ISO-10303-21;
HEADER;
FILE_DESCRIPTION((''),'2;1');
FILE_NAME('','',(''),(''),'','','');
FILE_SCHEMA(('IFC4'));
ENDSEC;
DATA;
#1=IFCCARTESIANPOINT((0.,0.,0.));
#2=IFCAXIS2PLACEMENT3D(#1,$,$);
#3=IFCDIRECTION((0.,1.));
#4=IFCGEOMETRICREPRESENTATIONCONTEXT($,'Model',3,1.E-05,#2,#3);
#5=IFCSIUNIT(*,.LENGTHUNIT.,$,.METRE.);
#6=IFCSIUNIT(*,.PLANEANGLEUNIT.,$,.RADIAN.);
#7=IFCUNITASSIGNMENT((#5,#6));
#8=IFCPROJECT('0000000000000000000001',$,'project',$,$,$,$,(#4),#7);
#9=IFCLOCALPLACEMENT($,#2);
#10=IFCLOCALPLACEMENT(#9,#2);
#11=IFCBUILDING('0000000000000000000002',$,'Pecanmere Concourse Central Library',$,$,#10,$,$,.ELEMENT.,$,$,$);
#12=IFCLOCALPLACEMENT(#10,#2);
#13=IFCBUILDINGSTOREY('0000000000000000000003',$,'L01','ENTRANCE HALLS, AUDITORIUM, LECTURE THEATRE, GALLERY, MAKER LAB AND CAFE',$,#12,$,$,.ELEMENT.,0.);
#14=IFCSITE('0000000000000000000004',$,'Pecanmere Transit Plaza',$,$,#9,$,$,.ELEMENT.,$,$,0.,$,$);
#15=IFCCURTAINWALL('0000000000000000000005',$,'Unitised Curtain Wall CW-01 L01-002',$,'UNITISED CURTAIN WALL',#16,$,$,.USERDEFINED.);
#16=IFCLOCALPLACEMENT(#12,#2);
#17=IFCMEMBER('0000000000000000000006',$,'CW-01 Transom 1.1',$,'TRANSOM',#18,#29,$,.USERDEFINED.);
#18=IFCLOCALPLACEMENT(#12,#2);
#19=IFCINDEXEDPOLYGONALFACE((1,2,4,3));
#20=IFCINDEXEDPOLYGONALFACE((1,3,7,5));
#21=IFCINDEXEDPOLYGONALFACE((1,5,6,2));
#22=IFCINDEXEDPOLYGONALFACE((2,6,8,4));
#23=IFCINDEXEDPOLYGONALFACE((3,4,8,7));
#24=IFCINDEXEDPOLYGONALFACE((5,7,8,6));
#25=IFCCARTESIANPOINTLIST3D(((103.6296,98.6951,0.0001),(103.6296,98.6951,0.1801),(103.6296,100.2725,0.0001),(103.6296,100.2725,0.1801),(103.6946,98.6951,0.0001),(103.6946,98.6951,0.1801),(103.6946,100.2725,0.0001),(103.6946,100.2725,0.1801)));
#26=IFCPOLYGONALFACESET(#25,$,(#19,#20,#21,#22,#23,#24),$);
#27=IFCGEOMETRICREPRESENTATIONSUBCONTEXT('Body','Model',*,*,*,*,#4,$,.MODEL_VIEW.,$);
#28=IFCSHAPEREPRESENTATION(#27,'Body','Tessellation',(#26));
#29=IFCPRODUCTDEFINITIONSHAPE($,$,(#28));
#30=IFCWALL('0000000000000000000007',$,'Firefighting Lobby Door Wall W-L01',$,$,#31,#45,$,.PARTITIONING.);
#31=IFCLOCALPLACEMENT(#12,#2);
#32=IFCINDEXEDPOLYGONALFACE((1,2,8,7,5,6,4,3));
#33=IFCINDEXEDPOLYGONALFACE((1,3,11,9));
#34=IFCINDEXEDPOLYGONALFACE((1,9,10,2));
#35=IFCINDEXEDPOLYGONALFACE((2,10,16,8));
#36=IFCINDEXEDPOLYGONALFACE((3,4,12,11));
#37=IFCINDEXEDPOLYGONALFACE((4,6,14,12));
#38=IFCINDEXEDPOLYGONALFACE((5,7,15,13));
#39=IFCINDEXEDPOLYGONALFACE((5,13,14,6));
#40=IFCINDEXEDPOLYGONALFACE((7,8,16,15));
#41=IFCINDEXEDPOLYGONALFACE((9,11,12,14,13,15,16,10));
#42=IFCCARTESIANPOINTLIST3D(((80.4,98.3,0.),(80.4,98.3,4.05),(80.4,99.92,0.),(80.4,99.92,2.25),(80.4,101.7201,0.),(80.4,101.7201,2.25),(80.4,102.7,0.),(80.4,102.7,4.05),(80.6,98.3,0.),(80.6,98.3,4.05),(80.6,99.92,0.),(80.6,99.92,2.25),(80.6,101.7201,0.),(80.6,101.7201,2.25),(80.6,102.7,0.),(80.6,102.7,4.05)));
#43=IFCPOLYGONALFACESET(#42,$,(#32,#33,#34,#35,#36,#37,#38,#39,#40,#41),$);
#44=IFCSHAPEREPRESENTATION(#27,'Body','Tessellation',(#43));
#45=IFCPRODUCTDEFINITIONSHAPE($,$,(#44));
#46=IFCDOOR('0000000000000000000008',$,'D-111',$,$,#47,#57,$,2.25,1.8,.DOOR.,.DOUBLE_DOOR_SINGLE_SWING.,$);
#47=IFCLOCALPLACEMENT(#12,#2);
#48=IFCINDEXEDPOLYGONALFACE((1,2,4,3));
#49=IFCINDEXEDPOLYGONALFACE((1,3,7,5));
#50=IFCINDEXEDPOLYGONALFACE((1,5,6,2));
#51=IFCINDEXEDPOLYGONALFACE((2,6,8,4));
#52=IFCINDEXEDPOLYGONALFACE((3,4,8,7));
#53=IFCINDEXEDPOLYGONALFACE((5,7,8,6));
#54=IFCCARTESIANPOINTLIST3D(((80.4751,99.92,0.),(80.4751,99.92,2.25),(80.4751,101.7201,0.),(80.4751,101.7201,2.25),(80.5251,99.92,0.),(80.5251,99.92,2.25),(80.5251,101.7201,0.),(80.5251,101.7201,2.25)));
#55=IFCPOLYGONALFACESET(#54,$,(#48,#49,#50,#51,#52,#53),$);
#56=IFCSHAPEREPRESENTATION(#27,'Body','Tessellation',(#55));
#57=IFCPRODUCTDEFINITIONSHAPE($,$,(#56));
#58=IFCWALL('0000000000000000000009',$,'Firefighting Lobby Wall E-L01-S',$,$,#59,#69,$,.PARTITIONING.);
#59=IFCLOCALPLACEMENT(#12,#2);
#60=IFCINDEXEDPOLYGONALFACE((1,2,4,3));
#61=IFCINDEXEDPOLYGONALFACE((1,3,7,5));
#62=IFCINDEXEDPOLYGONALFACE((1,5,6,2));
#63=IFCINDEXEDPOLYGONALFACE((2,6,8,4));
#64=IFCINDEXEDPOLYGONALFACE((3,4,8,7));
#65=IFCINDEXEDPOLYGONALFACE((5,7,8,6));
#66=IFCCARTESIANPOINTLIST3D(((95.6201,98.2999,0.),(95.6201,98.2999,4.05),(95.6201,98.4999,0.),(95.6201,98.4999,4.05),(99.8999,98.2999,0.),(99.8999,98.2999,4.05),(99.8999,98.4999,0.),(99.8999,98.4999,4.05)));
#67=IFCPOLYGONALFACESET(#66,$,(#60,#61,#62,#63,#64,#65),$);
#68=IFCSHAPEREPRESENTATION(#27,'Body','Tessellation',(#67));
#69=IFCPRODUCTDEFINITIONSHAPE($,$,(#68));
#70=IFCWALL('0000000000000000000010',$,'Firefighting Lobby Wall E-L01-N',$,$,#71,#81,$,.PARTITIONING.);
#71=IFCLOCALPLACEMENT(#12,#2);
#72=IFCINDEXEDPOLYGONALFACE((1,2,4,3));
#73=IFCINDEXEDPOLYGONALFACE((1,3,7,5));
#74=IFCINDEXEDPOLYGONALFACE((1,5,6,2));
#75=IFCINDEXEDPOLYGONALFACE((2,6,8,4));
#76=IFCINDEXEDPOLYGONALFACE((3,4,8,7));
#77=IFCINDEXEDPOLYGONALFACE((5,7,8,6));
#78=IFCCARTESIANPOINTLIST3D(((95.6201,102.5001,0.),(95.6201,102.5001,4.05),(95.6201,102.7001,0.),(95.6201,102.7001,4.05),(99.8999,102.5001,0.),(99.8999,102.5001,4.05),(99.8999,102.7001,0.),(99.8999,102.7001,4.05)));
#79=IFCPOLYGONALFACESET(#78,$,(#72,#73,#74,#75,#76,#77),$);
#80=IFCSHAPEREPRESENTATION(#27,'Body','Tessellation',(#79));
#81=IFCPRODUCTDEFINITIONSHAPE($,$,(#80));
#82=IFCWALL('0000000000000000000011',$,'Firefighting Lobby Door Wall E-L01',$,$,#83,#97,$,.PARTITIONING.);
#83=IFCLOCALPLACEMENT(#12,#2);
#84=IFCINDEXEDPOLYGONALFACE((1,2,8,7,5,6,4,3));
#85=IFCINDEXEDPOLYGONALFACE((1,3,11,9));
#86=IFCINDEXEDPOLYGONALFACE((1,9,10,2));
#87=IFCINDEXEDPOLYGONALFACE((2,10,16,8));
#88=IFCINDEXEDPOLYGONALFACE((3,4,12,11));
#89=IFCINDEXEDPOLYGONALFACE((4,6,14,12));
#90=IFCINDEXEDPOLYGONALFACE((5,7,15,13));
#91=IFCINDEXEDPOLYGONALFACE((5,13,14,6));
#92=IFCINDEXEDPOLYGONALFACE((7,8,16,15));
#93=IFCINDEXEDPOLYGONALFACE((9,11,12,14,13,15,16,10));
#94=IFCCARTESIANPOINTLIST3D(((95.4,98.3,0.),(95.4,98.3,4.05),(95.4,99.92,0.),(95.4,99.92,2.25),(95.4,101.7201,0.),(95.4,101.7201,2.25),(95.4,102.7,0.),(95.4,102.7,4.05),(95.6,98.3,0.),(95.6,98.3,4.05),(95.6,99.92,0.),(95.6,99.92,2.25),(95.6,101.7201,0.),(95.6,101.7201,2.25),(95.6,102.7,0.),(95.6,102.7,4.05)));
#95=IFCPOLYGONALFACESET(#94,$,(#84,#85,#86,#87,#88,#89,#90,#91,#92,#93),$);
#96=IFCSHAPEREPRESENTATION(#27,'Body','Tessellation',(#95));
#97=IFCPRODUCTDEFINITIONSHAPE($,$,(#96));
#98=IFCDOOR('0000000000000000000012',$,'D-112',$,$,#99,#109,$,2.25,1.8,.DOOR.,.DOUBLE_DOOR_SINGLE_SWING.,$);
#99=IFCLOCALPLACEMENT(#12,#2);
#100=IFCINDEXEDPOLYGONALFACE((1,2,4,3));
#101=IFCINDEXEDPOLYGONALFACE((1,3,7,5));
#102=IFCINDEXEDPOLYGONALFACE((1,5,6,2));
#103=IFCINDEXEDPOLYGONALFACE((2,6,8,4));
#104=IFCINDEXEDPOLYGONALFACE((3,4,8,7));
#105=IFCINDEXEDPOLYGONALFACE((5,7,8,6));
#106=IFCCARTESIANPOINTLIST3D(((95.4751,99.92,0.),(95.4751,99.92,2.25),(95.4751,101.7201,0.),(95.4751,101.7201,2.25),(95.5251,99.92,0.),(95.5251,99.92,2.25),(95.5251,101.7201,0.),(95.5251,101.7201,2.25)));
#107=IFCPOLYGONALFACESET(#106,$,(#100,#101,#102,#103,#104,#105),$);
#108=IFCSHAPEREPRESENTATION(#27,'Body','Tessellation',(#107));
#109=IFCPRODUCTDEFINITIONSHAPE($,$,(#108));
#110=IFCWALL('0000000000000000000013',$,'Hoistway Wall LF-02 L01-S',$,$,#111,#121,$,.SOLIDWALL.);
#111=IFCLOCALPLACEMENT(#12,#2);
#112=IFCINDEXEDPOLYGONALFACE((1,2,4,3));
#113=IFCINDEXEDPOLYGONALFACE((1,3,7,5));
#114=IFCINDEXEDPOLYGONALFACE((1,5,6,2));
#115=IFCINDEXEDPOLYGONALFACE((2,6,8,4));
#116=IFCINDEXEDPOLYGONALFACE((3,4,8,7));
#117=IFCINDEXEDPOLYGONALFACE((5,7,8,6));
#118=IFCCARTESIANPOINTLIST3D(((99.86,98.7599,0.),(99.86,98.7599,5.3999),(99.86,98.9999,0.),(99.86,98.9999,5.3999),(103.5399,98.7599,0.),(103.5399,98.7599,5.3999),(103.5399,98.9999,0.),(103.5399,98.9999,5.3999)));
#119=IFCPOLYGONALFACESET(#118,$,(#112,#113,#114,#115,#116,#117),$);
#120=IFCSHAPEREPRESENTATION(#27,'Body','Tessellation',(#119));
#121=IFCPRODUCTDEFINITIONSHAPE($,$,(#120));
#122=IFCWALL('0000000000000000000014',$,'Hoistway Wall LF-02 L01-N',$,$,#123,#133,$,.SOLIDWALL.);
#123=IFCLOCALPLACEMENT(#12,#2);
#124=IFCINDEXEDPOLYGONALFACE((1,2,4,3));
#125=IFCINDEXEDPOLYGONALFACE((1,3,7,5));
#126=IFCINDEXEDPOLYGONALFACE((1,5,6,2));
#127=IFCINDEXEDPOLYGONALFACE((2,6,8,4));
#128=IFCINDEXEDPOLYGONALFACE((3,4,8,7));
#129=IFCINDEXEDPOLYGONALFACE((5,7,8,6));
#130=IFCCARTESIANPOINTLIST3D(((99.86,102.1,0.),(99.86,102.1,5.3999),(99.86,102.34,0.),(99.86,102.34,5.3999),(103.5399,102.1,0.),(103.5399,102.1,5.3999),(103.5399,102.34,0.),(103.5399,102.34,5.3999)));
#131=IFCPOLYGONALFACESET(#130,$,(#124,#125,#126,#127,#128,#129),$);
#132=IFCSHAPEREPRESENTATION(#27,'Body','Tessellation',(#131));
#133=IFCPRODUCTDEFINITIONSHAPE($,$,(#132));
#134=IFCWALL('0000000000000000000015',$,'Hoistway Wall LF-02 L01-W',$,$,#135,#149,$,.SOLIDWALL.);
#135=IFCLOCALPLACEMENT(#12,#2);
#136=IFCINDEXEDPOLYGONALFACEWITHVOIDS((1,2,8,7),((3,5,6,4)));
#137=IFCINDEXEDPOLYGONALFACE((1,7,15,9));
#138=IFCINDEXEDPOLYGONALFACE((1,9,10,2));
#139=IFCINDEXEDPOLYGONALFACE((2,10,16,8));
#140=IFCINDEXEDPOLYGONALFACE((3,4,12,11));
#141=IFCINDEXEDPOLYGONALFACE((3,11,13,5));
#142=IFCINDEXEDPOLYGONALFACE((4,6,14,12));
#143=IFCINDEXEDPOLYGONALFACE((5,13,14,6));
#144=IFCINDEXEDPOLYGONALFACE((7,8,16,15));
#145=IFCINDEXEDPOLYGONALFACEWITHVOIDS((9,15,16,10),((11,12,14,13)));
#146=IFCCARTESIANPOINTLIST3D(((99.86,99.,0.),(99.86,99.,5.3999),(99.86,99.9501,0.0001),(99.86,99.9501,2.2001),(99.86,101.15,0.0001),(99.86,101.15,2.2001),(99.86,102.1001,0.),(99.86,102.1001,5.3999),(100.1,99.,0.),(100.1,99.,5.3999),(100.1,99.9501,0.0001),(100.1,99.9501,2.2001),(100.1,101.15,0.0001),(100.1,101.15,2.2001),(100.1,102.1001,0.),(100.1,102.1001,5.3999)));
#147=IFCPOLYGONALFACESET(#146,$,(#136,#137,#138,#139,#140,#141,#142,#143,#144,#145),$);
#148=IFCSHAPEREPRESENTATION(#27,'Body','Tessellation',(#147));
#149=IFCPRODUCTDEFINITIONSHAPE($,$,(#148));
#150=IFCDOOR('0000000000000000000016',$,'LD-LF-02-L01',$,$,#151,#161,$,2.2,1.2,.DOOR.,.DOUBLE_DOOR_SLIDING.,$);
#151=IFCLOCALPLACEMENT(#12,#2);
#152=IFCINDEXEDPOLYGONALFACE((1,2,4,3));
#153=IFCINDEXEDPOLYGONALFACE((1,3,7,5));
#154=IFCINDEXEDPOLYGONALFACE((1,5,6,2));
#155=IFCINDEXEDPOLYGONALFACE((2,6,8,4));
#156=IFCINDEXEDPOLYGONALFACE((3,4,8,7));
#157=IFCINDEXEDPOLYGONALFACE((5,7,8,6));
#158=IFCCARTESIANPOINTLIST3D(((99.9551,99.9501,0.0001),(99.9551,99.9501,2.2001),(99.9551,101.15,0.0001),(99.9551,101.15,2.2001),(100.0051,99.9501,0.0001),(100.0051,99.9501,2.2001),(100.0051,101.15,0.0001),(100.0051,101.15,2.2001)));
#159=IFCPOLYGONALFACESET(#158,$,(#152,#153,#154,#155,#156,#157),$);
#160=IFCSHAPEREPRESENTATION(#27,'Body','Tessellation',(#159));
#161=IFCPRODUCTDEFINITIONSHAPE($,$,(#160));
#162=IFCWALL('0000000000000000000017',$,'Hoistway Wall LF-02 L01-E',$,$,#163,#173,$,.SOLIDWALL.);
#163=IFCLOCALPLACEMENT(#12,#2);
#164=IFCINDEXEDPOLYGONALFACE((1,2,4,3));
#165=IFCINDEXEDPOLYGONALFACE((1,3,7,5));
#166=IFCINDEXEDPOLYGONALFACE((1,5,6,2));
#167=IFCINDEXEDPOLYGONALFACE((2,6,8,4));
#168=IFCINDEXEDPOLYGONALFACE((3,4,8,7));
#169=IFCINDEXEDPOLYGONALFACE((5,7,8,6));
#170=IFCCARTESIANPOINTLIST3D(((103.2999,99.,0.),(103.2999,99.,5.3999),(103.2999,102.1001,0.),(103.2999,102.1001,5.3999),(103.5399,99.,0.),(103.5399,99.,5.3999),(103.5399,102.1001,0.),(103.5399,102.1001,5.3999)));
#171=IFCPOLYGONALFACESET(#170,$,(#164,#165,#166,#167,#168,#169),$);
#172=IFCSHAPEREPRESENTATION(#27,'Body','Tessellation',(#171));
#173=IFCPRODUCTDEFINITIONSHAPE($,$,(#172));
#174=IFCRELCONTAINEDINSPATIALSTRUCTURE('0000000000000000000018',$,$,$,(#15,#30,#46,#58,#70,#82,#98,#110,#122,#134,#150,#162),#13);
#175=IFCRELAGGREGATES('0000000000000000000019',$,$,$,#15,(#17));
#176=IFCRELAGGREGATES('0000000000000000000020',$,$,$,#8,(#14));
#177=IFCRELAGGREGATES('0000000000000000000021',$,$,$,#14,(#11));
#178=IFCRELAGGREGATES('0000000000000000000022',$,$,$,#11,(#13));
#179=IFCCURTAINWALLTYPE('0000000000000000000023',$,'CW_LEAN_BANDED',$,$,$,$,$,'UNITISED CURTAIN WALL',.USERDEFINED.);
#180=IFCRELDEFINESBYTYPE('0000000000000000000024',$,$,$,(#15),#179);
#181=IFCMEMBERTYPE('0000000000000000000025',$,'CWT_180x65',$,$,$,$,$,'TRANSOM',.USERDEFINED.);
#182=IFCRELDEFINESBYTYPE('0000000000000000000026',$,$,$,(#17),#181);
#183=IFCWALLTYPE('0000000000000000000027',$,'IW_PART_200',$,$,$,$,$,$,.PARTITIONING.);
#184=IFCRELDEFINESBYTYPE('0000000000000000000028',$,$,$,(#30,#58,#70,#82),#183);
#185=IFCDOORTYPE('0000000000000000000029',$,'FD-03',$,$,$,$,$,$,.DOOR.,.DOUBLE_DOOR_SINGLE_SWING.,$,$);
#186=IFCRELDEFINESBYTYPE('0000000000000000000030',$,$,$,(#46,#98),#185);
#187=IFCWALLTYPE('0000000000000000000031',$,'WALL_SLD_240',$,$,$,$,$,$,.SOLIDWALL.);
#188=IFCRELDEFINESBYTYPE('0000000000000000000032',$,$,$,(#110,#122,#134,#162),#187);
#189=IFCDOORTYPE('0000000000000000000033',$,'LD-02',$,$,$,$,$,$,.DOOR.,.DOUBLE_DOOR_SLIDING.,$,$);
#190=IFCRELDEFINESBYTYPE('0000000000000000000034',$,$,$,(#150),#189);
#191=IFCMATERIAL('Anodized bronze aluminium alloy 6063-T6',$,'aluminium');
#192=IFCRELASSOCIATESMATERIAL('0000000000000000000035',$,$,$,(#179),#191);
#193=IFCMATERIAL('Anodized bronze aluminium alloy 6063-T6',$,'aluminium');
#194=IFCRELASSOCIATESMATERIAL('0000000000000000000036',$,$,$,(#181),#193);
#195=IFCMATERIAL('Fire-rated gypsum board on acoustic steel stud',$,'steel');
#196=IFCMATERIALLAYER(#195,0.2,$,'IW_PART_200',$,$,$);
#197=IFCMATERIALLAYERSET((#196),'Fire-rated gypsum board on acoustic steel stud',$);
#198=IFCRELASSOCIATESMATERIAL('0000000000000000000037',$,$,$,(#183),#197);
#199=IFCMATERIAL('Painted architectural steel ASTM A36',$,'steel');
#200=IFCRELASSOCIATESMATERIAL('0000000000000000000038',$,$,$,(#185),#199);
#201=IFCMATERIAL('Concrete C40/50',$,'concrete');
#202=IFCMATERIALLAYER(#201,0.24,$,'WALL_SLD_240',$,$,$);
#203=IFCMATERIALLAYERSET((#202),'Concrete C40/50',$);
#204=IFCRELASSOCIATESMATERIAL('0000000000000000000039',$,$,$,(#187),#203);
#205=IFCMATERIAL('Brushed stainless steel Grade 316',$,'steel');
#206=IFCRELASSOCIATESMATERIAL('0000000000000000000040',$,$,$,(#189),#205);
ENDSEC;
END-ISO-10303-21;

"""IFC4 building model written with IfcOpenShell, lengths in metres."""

from ifc_helpers import new_model, si_unit, direction, frame, frame_2d, origin, origin_2d, place, context, subcontext, project, spatial, rectangle, extrude, material, layer, layer_set, material_profile, profile_set, type_object, element, fill, aggregate, save


model = new_model("IFC4")

# Units and contexts
model_context = context("Model", 3, precision=1e-05, world=origin(), true_north=direction((0.0, 1.0)))
body_context = subcontext(model_context, "Body", "Model", "MODEL_VIEW")
ifc_project = project(units=[si_unit("LENGTHUNIT", "METRE"), si_unit("PLANEANGLEUNIT", "RADIAN")], contexts=[model_context])

# Site, building, storey
site_placement = place(None, origin())
site = spatial("IfcSite", under=ifc_project, at=site_placement, Name="Pecanmere Transit Plaza", CompositionType="ELEMENT", RefElevation=0.0)
building_placement = place(site_placement, origin())
building = spatial("IfcBuilding", under=site, at=building_placement, Name="Pecanmere Concourse Central Library", CompositionType="ELEMENT")
storey_placement = place(building_placement, origin())
storey = spatial("IfcBuildingStorey", under=building, at=storey_placement, Name="L01", Description="ENTRANCE HALLS, AUDITORIUM, LECTURE THEATRE, GALLERY, MAKER LAB AND CAFE", CompositionType="ELEMENT", Elevation=0.0)

# Curtain wall
ifc_material_1 = material(Name="Anodized bronze aluminium alloy 6063-T6", Category="aluminium")
curtain_wall_type = type_object("IfcCurtainWallType", Name="CW_LEAN_BANDED", ElementType="UNITISED CURTAIN WALL", PredefinedType="USERDEFINED", material=ifc_material_1)
curtain_wall_1_placement = place(storey_placement, origin())
curtain_wall_1 = element("IfcCurtainWall", 1, at=curtain_wall_1_placement, inside=storey, type_object=curtain_wall_type, Name="Unitised Curtain Wall CW-01 L01-002", ObjectType="UNITISED CURTAIN WALL", PredefinedType="USERDEFINED")

# Member
ifc_material_2 = material(Name="Anodized bronze aluminium alloy 6063-T6", Category="aluminium")
ifc_material_profile_1 = material_profile(ifc_material_2, rectangle(XDim=0.0649, YDim=0.1799, at=origin_2d()), Name="AL 65x180")
ifc_profile_set_1 = profile_set([ifc_material_profile_1], Name="Anodized bronze aluminium alloy 6063-T6")
member_type_1 = type_object("IfcMemberType", Name="CWT_180x65", ElementType="TRANSOM", PredefinedType="USERDEFINED", material=ifc_profile_set_1)
member_1_placement = place(storey_placement, frame((103.6621, 98.6951, 0.0901), z_axis=(0.0, 1.0, 0.0), x_axis=(-1.0, 0.0, 0.0)))
member_1 = element("IfcMember", 2, at=member_1_placement, type_object=member_type_1, Name="CW-01 Transom 1.1", ObjectType="TRANSOM", PredefinedType="USERDEFINED", context=body_context, shape_type="SweptSolid", body=[
    extrude(rectangle(XDim=0.0649, YDim=0.1799, at=origin_2d()), origin(), (0.0, 0.0, 1.0), 1.5774),
])
aggregate(curtain_wall_1, [member_1])

# Wall, opening, door
ifc_material_3 = material(Name="Fire-rated gypsum board on acoustic steel stud", Category="steel")
ifc_layer_1 = layer(ifc_material_3, 0.2, Name="IW_PART_200")
ifc_layer_set_1 = layer_set([ifc_layer_1], Name="Fire-rated gypsum board on acoustic steel stud")
wall_type_1 = type_object("IfcWallType", Name="IW_PART_200", PredefinedType="PARTITIONING", material=ifc_layer_set_1)
wall_1_placement = place(storey_placement, frame((80.5, 98.3, 0.0), z_axis=(0.0, 0.0, 1.0), x_axis=(0.0, 1.0, 0.0)))
wall_1 = element("IfcWall", 3, at=wall_1_placement, inside=storey, type_object=wall_type_1, Name="Firefighting Lobby Door Wall W-L01", PredefinedType="PARTITIONING", context=body_context, shape_type="SweptSolid", body=[
    extrude(rectangle(XDim=4.3999, YDim=0.2, at=frame_2d((2.2, 0.0))), origin(), (0.0, 0.0, 1.0), 4.05),
])
opening_1_placement = place(wall_1_placement, frame((1.6201, 0.0, 0.0)))
opening_1 = element("IfcOpeningElement", 4, at=opening_1_placement, cuts=wall_1, PredefinedType="OPENING", context=body_context, shape_type="SweptSolid", body=[
    extrude(rectangle(XDim=1.8, YDim=2.25, at=frame_2d((0.8999, 1.125))), frame((0.0, 0.1118, 0.0), z_axis=(0.0, -1.0, 0.0), x_axis=(1.0, 0.0, 0.0)), (0.0, 0.0, 1.0), 0.2239),
])
ifc_material_4 = material(Name="Painted architectural steel ASTM A36", Category="steel")
door_type_1 = type_object("IfcDoorType", Name="FD-03", OperationType="DOUBLE_DOOR_SINGLE_SWING", PredefinedType="DOOR", material=ifc_material_4)
door_1_placement = place(opening_1_placement, origin())
door_1 = element("IfcDoor", 5, at=door_1_placement, inside=storey, type_object=door_type_1, Name="D-111", OperationType="DOUBLE_DOOR_SINGLE_SWING", OverallHeight=2.25, OverallWidth=1.8, PredefinedType="DOOR", context=body_context, shape_type="SweptSolid", body=[
    extrude(rectangle(XDim=1.8, YDim=2.25, at=frame_2d((0.8999, 1.125))), frame((0.0, 0.0249, 0.0), z_axis=(0.0, -1.0, 0.0), x_axis=(1.0, 0.0, 0.0)), (0.0, 0.0, 1.0), 0.05),
])
fill(opening_1, door_1)

# Walls
for number, where, z_axis, x_axis, name in (
    (6, (95.6201, 98.3999, 0.0), (0.0, 0.0, 1.0), (1.0, 0.0, 0.0), "Firefighting Lobby Wall E-L01-S"),
    (7, (95.6201, 102.6001, 0.0), (0.0, 0.0, 1.0), (1.0, 0.0, 0.0), "Firefighting Lobby Wall E-L01-N"),
):
    element("IfcWall", number, at=place(storey_placement, frame(where, z_axis=z_axis, x_axis=x_axis)), inside=storey, type_object=wall_type_1, Name=name, PredefinedType="PARTITIONING", context=body_context, shape_type="SweptSolid", body=[
        extrude(rectangle(XDim=4.2798, YDim=0.2, at=frame_2d((2.1399, 0.0))), origin(), (0.0, 0.0, 1.0), 4.05),
    ])

# Wall, opening, door
wall_2_placement = place(storey_placement, frame((95.5, 98.3, 0.0), z_axis=(0.0, 0.0, 1.0), x_axis=(0.0, 1.0, 0.0)))
wall_2 = element("IfcWall", 8, at=wall_2_placement, inside=storey, type_object=wall_type_1, Name="Firefighting Lobby Door Wall E-L01", PredefinedType="PARTITIONING", context=body_context, shape_type="SweptSolid", body=[
    extrude(rectangle(XDim=4.3999, YDim=0.2, at=frame_2d((2.2, 0.0))), origin(), (0.0, 0.0, 1.0), 4.05),
])
opening_2_placement = place(wall_2_placement, frame((1.6201, 0.0, 0.0)))
opening_2 = element("IfcOpeningElement", 9, at=opening_2_placement, cuts=wall_2, PredefinedType="OPENING", context=body_context, shape_type="SweptSolid", body=[
    extrude(rectangle(XDim=1.8, YDim=2.25, at=frame_2d((0.8999, 1.125))), frame((0.0, 0.1118, 0.0), z_axis=(0.0, -1.0, 0.0), x_axis=(1.0, 0.0, 0.0)), (0.0, 0.0, 1.0), 0.2239),
])
door_2_placement = place(opening_2_placement, origin())
door_2 = element("IfcDoor", 10, at=door_2_placement, inside=storey, type_object=door_type_1, Name="D-112", OperationType="DOUBLE_DOOR_SINGLE_SWING", OverallHeight=2.25, OverallWidth=1.8, PredefinedType="DOOR", context=body_context, shape_type="SweptSolid", body=[
    extrude(rectangle(XDim=1.8, YDim=2.25, at=frame_2d((0.8999, 1.125))), frame((0.0, 0.0249, 0.0), z_axis=(0.0, -1.0, 0.0), x_axis=(1.0, 0.0, 0.0)), (0.0, 0.0, 1.0), 0.05),
])
fill(opening_2, door_2)

# Walls
ifc_material_5 = material(Name="Concrete C40/50", Category="concrete")
ifc_layer_2 = layer(ifc_material_5, 0.24, Name="WALL_SLD_240")
ifc_layer_set_2 = layer_set([ifc_layer_2], Name="Concrete C40/50")
wall_type_2 = type_object("IfcWallType", Name="WALL_SLD_240", PredefinedType="SOLIDWALL", material=ifc_layer_set_2)
for number, where, z_axis, x_axis, name in (
    (11, (99.8601, 98.8799, 0.0), (0.0, 0.0, 1.0), (1.0, 0.0, 0.0), "Hoistway Wall LF-02 L01-S"),
    (12, (99.8601, 102.22, 0.0), (0.0, 0.0, 1.0), (1.0, 0.0, 0.0), "Hoistway Wall LF-02 L01-N"),
):
    element("IfcWall", number, at=place(storey_placement, frame(where, z_axis=z_axis, x_axis=x_axis)), inside=storey, type_object=wall_type_2, Name=name, PredefinedType="SOLIDWALL", context=body_context, shape_type="SweptSolid", body=[
        extrude(rectangle(XDim=3.6799, YDim=0.24, at=frame_2d((1.8398, 0.0))), origin(), (0.0, 0.0, 1.0), 5.3999),
    ])

# Wall, opening, door
wall_3_placement = place(storey_placement, frame((99.98, 99.0, 0.0), z_axis=(0.0, 0.0, 1.0), x_axis=(0.0, 1.0, 0.0)))
wall_3 = element("IfcWall", 13, at=wall_3_placement, inside=storey, type_object=wall_type_2, Name="Hoistway Wall LF-02 L01-W", PredefinedType="SOLIDWALL", context=body_context, shape_type="SweptSolid", body=[
    extrude(rectangle(XDim=3.1001, YDim=0.24, at=frame_2d((1.55, 0.0))), origin(), (0.0, 0.0, 1.0), 5.3999),
])
opening_3_placement = place(wall_3_placement, frame((0.95, 0.0, 0.0)))
opening_3 = element("IfcOpeningElement", 14, at=opening_3_placement, cuts=wall_3, PredefinedType="OPENING", context=body_context, shape_type="SweptSolid", body=[
    extrude(rectangle(XDim=1.2, YDim=2.2, at=frame_2d((0.6001, 1.1001))), frame((0.0, 0.1318, 0.0), z_axis=(0.0, -1.0, 0.0), x_axis=(1.0, 0.0, 0.0)), (0.0, 0.0, 1.0), 0.2639),
])
ifc_material_6 = material(Name="Brushed stainless steel Grade 316", Category="steel")
door_type_2 = type_object("IfcDoorType", Name="LD-02", OperationType="DOUBLE_DOOR_SLIDING", PredefinedType="DOOR", material=ifc_material_6)
door_3_placement = place(opening_3_placement, origin())
door_3 = element("IfcDoor", 15, at=door_3_placement, inside=storey, type_object=door_type_2, Name="LD-LF-02-L01", OperationType="DOUBLE_DOOR_SLIDING", OverallHeight=2.2, OverallWidth=1.2, PredefinedType="DOOR", context=body_context, shape_type="SweptSolid", body=[
    extrude(rectangle(XDim=1.2, YDim=2.2, at=frame_2d((0.6001, 1.1001))), frame((0.0, 0.0249, 0.0), z_axis=(0.0, -1.0, 0.0), x_axis=(1.0, 0.0, 0.0)), (0.0, 0.0, 1.0), 0.05),
])
fill(opening_3, door_3)

# Wall
wall_4_placement = place(storey_placement, frame((103.4199, 99.0, 0.0), z_axis=(0.0, 0.0, 1.0), x_axis=(0.0, 1.0, 0.0)))
element("IfcWall", 16, at=wall_4_placement, inside=storey, type_object=wall_type_2, Name="Hoistway Wall LF-02 L01-E", PredefinedType="SOLIDWALL", context=body_context, shape_type="SweptSolid", body=[
    extrude(rectangle(XDim=3.1001, YDim=0.24, at=frame_2d((1.55, 0.0))), origin(), (0.0, 0.0, 1.0), 5.3999),
])

save(model, "model.ifc")
